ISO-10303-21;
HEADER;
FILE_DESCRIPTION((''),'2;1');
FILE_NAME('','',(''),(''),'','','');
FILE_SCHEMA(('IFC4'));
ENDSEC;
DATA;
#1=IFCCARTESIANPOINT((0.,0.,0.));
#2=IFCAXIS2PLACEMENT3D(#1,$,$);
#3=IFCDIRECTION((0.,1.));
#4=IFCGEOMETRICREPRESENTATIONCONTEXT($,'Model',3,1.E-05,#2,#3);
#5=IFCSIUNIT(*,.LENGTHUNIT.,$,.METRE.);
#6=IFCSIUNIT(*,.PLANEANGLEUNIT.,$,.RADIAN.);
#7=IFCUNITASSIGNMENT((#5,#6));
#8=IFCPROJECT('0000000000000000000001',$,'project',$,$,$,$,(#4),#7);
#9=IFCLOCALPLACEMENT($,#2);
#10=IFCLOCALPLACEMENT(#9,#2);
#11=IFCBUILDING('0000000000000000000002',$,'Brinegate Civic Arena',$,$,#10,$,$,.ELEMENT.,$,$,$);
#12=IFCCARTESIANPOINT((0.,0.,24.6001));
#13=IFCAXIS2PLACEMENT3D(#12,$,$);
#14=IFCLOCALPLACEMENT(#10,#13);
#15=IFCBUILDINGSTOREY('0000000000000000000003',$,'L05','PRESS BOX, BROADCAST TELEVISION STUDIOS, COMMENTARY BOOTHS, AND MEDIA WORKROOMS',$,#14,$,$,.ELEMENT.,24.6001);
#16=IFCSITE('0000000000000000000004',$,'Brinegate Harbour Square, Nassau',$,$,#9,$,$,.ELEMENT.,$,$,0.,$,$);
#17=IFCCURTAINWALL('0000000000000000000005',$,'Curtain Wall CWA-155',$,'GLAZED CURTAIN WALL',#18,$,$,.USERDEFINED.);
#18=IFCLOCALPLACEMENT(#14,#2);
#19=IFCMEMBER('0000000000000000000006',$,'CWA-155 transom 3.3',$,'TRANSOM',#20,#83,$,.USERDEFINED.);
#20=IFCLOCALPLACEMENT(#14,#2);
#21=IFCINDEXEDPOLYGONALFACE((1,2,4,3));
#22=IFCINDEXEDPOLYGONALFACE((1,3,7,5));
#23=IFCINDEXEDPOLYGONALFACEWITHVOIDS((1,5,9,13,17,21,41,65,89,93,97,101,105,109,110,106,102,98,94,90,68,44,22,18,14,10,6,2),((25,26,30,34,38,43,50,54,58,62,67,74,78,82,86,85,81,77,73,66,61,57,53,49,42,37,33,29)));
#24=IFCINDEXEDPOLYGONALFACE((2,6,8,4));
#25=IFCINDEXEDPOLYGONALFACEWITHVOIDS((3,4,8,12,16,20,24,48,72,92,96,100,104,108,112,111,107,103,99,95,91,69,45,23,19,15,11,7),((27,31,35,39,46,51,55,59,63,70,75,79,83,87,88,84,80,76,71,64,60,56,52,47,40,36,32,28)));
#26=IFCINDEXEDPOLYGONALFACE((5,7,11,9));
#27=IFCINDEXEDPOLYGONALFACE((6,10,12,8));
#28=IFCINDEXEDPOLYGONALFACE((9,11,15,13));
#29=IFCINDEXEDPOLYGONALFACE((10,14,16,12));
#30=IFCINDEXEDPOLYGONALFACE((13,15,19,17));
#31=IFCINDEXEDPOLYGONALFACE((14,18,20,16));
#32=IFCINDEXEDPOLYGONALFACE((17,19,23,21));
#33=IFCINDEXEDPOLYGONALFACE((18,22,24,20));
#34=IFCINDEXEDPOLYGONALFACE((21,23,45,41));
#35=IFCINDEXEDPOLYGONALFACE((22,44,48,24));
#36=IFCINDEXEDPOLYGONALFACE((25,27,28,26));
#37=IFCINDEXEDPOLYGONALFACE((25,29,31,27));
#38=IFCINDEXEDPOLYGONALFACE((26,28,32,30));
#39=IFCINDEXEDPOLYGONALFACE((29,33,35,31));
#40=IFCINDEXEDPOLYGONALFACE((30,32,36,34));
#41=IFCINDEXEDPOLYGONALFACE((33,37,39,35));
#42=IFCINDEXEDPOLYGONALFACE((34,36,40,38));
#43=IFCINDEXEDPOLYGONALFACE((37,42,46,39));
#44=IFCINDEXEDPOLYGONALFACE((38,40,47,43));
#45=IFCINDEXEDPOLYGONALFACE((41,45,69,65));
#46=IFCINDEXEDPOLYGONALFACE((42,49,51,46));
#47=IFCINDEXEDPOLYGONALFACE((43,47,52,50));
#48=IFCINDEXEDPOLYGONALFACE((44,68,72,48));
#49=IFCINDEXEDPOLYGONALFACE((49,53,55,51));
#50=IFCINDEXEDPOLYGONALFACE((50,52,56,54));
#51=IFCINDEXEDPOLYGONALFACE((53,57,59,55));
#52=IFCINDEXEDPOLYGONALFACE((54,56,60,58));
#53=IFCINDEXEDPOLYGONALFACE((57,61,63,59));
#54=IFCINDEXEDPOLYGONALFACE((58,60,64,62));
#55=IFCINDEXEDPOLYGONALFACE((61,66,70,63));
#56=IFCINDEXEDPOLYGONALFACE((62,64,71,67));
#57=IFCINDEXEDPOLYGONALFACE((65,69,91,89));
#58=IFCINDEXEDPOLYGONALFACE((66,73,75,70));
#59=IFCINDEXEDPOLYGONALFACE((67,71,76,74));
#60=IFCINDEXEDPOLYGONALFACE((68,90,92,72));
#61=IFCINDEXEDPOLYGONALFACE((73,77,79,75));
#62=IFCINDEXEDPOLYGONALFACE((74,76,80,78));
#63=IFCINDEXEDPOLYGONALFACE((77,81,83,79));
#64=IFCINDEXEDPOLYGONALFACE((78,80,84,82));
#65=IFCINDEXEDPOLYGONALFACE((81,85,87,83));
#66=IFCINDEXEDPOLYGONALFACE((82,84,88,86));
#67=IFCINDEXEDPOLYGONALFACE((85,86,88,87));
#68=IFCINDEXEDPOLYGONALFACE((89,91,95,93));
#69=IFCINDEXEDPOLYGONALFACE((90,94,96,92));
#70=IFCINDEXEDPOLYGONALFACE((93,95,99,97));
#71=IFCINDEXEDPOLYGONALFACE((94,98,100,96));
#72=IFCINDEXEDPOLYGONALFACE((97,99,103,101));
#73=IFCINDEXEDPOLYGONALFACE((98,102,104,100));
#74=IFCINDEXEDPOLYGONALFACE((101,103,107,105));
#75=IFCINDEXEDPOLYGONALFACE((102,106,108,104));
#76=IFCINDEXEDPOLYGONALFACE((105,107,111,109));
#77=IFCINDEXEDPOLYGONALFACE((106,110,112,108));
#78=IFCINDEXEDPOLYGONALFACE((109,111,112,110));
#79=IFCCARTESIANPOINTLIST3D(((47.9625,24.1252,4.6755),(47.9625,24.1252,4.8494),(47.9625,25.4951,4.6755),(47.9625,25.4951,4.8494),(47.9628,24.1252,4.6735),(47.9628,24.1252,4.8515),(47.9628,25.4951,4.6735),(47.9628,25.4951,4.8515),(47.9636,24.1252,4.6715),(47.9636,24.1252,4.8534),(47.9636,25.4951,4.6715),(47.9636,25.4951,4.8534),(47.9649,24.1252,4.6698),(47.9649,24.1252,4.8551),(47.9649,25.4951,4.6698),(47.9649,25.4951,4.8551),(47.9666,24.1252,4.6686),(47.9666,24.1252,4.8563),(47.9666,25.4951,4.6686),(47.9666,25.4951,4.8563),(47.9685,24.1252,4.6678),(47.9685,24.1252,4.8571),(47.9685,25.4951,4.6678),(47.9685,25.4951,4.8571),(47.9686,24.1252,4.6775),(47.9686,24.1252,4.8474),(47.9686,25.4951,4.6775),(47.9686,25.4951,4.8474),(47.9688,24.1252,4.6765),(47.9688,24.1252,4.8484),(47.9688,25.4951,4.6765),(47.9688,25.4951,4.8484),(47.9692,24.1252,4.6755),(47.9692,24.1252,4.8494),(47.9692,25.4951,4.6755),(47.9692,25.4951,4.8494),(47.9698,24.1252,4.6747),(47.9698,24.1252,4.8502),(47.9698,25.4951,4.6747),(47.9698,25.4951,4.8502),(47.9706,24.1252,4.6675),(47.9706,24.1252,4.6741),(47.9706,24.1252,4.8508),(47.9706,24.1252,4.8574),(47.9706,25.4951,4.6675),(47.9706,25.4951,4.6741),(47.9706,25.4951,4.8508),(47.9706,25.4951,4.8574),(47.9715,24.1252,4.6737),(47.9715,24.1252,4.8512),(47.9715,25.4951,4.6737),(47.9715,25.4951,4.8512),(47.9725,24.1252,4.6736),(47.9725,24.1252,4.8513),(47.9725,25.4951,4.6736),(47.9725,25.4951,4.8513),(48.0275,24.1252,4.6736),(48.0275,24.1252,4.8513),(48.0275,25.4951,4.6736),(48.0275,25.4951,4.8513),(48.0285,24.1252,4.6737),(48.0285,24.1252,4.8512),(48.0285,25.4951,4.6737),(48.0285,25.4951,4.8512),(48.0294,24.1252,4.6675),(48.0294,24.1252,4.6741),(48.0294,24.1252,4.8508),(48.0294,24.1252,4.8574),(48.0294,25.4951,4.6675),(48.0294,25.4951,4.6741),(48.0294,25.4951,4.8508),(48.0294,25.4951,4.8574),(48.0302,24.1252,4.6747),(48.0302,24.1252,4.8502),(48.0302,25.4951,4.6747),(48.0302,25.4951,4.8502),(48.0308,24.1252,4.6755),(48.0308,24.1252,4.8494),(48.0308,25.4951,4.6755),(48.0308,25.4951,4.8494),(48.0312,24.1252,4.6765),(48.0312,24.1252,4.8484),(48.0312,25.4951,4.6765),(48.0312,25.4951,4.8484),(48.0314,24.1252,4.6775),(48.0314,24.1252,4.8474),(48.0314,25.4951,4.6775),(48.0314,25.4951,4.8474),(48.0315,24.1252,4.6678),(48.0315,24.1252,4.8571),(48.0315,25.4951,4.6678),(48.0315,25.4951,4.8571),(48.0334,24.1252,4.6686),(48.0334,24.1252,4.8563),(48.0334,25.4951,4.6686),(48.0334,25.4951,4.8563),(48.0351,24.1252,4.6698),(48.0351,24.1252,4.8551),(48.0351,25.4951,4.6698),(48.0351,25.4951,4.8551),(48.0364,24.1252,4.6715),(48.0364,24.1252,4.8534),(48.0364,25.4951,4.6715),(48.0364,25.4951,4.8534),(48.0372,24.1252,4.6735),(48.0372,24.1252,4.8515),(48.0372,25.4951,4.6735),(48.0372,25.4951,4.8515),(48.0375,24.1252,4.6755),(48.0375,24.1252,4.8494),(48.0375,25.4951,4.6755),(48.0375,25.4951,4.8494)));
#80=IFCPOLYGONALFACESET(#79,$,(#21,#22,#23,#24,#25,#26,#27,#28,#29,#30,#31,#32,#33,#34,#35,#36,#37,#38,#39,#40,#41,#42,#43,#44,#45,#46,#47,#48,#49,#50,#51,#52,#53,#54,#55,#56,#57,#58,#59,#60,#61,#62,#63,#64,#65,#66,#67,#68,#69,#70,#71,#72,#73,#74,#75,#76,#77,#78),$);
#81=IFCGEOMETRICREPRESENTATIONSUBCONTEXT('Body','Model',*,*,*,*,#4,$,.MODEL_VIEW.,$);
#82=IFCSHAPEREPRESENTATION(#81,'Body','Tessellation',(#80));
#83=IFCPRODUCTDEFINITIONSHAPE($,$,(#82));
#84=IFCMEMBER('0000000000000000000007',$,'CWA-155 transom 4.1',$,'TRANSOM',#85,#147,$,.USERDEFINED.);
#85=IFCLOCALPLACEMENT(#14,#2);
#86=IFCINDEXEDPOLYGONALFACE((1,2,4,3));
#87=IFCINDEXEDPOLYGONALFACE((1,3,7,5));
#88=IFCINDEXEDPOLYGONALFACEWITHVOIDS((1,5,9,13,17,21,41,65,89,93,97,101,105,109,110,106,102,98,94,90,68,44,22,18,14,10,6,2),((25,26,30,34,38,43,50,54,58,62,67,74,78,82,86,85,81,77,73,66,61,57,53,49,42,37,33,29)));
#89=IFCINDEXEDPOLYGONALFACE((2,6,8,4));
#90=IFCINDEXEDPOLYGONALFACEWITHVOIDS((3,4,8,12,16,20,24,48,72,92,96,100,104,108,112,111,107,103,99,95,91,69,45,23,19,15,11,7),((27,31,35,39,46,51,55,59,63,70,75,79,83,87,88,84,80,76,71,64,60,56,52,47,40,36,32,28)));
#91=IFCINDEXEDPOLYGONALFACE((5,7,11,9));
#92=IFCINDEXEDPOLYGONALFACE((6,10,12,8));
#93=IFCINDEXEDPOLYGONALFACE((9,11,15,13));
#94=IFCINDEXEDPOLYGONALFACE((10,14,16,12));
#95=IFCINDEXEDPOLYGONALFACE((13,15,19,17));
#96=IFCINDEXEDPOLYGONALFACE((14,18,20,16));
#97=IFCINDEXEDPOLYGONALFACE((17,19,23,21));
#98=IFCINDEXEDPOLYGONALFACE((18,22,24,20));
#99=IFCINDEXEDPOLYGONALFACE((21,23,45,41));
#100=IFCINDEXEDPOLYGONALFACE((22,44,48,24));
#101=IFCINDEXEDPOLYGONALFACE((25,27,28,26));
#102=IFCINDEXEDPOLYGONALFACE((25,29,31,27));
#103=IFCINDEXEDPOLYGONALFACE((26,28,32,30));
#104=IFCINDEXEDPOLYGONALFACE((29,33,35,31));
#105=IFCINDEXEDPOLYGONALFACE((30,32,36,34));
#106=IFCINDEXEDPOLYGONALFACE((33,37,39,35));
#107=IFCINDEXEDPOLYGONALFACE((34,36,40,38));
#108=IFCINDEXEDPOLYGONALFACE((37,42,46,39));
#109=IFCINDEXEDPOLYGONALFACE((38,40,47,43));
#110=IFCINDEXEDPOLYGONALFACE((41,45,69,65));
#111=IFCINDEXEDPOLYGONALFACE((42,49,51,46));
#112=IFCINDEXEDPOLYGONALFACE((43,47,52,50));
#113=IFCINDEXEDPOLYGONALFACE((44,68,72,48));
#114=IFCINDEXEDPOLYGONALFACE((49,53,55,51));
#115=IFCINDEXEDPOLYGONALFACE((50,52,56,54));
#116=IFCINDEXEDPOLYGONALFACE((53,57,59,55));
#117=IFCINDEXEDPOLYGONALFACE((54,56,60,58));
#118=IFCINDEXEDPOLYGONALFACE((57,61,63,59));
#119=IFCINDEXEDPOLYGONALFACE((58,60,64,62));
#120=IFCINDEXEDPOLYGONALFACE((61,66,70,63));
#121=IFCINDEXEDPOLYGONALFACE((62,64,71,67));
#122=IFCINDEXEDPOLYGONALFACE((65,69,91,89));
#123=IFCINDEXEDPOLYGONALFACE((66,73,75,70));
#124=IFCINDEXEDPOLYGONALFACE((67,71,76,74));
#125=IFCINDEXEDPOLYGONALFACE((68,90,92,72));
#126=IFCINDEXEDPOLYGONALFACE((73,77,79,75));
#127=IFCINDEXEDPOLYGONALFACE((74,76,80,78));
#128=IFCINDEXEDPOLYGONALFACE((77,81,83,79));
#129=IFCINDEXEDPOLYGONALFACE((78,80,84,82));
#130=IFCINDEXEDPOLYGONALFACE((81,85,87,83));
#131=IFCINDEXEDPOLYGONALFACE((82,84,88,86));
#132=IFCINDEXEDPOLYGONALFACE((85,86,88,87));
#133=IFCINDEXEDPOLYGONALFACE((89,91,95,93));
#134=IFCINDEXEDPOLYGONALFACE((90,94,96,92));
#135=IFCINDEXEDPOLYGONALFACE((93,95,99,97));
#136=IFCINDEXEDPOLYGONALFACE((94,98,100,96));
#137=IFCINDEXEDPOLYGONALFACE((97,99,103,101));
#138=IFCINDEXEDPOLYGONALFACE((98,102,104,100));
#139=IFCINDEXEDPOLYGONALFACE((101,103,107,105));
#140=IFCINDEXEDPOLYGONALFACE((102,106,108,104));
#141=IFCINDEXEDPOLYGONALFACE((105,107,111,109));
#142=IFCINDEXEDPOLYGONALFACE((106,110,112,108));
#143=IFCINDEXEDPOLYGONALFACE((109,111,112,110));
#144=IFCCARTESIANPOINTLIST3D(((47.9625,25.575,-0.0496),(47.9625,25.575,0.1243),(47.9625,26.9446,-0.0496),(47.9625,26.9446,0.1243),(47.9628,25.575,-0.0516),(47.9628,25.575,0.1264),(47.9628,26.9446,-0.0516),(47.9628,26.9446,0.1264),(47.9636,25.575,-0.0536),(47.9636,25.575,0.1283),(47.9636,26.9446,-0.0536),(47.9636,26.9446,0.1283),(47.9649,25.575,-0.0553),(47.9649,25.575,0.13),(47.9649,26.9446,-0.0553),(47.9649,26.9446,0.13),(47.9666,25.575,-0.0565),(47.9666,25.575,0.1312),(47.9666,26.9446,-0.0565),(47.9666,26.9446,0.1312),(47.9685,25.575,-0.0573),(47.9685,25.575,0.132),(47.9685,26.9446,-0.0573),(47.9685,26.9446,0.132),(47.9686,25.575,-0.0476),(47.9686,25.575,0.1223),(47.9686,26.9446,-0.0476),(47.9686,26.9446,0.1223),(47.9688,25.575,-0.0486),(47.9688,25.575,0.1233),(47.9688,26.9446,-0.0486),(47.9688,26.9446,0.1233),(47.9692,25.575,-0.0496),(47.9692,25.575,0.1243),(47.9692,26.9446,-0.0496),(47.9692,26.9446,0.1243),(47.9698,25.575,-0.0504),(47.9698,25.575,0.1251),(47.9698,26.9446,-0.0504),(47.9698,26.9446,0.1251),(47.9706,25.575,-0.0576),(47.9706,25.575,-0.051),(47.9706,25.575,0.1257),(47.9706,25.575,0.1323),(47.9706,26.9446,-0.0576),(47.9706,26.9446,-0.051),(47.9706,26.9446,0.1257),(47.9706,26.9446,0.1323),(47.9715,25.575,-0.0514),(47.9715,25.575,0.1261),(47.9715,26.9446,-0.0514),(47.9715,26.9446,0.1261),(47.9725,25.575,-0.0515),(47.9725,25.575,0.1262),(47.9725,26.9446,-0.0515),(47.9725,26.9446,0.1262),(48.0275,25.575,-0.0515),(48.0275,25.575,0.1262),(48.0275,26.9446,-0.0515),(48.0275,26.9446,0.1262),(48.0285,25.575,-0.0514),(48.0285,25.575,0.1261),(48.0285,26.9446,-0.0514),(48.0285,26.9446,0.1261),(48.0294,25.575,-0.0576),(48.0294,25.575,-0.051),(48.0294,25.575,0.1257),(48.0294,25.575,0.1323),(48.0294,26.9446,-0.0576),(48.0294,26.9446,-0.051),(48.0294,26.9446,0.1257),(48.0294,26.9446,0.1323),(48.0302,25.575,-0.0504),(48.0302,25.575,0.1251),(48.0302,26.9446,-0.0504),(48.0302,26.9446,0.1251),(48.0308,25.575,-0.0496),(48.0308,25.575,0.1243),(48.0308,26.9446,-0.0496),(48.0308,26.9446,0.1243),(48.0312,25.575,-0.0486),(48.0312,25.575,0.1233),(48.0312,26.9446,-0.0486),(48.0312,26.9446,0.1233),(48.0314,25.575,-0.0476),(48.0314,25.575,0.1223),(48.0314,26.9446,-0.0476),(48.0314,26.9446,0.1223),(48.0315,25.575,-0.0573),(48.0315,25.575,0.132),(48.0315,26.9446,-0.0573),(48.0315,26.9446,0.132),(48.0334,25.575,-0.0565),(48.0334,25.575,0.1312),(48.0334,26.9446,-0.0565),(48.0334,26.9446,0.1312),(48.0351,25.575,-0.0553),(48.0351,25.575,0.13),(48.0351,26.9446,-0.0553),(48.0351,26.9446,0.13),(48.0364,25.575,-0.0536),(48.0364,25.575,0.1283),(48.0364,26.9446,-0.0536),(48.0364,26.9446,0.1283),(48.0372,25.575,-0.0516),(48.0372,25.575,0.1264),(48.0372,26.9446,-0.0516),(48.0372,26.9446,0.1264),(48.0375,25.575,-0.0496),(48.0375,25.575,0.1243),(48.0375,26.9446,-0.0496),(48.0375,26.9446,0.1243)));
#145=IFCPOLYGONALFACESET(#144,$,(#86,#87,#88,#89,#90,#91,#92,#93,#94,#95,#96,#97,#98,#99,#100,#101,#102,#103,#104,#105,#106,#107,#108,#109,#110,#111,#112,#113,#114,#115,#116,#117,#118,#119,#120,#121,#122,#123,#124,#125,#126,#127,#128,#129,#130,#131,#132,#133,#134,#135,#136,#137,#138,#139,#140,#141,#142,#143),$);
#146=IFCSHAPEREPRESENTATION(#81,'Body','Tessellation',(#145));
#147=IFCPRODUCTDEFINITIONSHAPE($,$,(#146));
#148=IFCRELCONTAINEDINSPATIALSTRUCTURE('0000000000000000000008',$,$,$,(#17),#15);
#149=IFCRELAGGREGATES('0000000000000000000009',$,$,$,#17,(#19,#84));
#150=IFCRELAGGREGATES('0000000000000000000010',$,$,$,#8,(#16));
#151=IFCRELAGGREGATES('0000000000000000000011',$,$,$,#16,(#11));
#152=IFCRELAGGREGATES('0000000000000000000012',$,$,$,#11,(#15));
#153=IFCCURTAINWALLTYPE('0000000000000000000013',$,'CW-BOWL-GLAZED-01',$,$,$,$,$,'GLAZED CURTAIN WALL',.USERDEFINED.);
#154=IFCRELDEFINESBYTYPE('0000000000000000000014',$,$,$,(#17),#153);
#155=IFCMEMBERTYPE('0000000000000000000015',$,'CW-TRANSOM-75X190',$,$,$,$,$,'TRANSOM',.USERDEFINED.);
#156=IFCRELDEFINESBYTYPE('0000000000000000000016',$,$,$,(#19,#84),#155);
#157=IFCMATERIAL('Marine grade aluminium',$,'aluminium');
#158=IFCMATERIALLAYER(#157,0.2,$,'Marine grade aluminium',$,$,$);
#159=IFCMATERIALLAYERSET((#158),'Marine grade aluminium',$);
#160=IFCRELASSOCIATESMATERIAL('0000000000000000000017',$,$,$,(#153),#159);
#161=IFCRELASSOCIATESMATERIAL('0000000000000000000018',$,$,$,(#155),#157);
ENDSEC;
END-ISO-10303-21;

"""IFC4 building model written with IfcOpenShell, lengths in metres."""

from ifc_helpers import new_model, si_unit, direction, frame, origin, origin_2d, place, context, subcontext, project, spatial, hollow_rectangle, extrude, material, layer, layer_set, material_profile, profile_set, type_object, element, aggregate, save


model = new_model("IFC4")

# Units and contexts
model_context = context("Model", 3, precision=1e-05, world=origin(), true_north=direction((0.0, 1.0)))
body_context = subcontext(model_context, "Body", "Model", "MODEL_VIEW")
ifc_project = project(units=[si_unit("LENGTHUNIT", "METRE"), si_unit("PLANEANGLEUNIT", "RADIAN")], contexts=[model_context])

# Site, building, storey
site_placement = place(None, origin())
site = spatial("IfcSite", under=ifc_project, at=site_placement, Name="Brinegate Harbour Square, Nassau", CompositionType="ELEMENT", RefElevation=0.0)
building_placement = place(site_placement, origin())
building = spatial("IfcBuilding", under=site, at=building_placement, Name="Brinegate Civic Arena", CompositionType="ELEMENT")
storey_placement = place(building_placement, frame((0.0, 0.0, 24.6001)))
storey = spatial("IfcBuildingStorey", under=building, at=storey_placement, Name="L05", Description="PRESS BOX, BROADCAST TELEVISION STUDIOS, COMMENTARY BOOTHS, AND MEDIA WORKROOMS", CompositionType="ELEMENT", Elevation=24.6001)

# Curtain wall, members
ifc_material_1 = material(Name="Marine grade aluminium", Category="aluminium")
ifc_layer_1 = layer(ifc_material_1, 0.2, Name="Marine grade aluminium")
ifc_layer_set_1 = layer_set([ifc_layer_1], Name="Marine grade aluminium")
curtain_wall_type = type_object("IfcCurtainWallType", Name="CW-BOWL-GLAZED-01", ElementType="GLAZED CURTAIN WALL", PredefinedType="USERDEFINED", material=ifc_layer_set_1)
curtain_wall_placement = place(storey_placement, origin())
curtain_wall = element("IfcCurtainWall", 1, at=curtain_wall_placement, inside=storey, type_object=curtain_wall_type, Name="Curtain Wall CWA-155", ObjectType="GLAZED CURTAIN WALL", PredefinedType="USERDEFINED")
ifc_material_profile_1 = material_profile(ifc_material_1, hollow_rectangle(XDim=0.075, YDim=0.1899, WallThickness=0.0061, InnerFilletRadius=0.0039, OuterFilletRadius=0.0081, at=origin_2d()), Name="TRN75X190")
ifc_profile_set_1 = profile_set([ifc_material_profile_1], Name="Marine grade aluminium")
member_type_1 = type_object("IfcMemberType", Name="CW-TRANSOM-75X190", ElementType="TRANSOM", PredefinedType="USERDEFINED", material=ifc_profile_set_1)
member_1_placement = place(storey_placement, frame((48.0, 24.1252, 4.7625), z_axis=(0.0, 1.0, 0.0), x_axis=(-1.0, 0.0, 0.0)))
member_1 = element("IfcMember", 2, at=member_1_placement, type_object=member_type_1, Name="CWA-155 transom 3.3", ObjectType="TRANSOM", PredefinedType="USERDEFINED", context=body_context, shape_type="SweptSolid", body=[
    extrude(hollow_rectangle(XDim=0.075, YDim=0.1899, WallThickness=0.0061, InnerFilletRadius=0.0039, OuterFilletRadius=0.0081, at=origin_2d()), origin(), (0.0, 0.0, 1.0), 1.3699),
])
member_2_placement = place(storey_placement, frame((48.0, 25.575, 0.0374), z_axis=(0.0, 1.0, 0.0), x_axis=(-1.0, 0.0, 0.0)))
member_2 = element("IfcMember", 3, at=member_2_placement, type_object=member_type_1, Name="CWA-155 transom 4.1", ObjectType="TRANSOM", PredefinedType="USERDEFINED", context=body_context, shape_type="SweptSolid", body=[
    extrude(hollow_rectangle(XDim=0.075, YDim=0.1899, WallThickness=0.0061, InnerFilletRadius=0.0039, OuterFilletRadius=0.0081, at=origin_2d()), origin(), (0.0, 0.0, 1.0), 1.3696),
])

aggregate(curtain_wall, [member_1, member_2])

save(model, "model.ifc")
